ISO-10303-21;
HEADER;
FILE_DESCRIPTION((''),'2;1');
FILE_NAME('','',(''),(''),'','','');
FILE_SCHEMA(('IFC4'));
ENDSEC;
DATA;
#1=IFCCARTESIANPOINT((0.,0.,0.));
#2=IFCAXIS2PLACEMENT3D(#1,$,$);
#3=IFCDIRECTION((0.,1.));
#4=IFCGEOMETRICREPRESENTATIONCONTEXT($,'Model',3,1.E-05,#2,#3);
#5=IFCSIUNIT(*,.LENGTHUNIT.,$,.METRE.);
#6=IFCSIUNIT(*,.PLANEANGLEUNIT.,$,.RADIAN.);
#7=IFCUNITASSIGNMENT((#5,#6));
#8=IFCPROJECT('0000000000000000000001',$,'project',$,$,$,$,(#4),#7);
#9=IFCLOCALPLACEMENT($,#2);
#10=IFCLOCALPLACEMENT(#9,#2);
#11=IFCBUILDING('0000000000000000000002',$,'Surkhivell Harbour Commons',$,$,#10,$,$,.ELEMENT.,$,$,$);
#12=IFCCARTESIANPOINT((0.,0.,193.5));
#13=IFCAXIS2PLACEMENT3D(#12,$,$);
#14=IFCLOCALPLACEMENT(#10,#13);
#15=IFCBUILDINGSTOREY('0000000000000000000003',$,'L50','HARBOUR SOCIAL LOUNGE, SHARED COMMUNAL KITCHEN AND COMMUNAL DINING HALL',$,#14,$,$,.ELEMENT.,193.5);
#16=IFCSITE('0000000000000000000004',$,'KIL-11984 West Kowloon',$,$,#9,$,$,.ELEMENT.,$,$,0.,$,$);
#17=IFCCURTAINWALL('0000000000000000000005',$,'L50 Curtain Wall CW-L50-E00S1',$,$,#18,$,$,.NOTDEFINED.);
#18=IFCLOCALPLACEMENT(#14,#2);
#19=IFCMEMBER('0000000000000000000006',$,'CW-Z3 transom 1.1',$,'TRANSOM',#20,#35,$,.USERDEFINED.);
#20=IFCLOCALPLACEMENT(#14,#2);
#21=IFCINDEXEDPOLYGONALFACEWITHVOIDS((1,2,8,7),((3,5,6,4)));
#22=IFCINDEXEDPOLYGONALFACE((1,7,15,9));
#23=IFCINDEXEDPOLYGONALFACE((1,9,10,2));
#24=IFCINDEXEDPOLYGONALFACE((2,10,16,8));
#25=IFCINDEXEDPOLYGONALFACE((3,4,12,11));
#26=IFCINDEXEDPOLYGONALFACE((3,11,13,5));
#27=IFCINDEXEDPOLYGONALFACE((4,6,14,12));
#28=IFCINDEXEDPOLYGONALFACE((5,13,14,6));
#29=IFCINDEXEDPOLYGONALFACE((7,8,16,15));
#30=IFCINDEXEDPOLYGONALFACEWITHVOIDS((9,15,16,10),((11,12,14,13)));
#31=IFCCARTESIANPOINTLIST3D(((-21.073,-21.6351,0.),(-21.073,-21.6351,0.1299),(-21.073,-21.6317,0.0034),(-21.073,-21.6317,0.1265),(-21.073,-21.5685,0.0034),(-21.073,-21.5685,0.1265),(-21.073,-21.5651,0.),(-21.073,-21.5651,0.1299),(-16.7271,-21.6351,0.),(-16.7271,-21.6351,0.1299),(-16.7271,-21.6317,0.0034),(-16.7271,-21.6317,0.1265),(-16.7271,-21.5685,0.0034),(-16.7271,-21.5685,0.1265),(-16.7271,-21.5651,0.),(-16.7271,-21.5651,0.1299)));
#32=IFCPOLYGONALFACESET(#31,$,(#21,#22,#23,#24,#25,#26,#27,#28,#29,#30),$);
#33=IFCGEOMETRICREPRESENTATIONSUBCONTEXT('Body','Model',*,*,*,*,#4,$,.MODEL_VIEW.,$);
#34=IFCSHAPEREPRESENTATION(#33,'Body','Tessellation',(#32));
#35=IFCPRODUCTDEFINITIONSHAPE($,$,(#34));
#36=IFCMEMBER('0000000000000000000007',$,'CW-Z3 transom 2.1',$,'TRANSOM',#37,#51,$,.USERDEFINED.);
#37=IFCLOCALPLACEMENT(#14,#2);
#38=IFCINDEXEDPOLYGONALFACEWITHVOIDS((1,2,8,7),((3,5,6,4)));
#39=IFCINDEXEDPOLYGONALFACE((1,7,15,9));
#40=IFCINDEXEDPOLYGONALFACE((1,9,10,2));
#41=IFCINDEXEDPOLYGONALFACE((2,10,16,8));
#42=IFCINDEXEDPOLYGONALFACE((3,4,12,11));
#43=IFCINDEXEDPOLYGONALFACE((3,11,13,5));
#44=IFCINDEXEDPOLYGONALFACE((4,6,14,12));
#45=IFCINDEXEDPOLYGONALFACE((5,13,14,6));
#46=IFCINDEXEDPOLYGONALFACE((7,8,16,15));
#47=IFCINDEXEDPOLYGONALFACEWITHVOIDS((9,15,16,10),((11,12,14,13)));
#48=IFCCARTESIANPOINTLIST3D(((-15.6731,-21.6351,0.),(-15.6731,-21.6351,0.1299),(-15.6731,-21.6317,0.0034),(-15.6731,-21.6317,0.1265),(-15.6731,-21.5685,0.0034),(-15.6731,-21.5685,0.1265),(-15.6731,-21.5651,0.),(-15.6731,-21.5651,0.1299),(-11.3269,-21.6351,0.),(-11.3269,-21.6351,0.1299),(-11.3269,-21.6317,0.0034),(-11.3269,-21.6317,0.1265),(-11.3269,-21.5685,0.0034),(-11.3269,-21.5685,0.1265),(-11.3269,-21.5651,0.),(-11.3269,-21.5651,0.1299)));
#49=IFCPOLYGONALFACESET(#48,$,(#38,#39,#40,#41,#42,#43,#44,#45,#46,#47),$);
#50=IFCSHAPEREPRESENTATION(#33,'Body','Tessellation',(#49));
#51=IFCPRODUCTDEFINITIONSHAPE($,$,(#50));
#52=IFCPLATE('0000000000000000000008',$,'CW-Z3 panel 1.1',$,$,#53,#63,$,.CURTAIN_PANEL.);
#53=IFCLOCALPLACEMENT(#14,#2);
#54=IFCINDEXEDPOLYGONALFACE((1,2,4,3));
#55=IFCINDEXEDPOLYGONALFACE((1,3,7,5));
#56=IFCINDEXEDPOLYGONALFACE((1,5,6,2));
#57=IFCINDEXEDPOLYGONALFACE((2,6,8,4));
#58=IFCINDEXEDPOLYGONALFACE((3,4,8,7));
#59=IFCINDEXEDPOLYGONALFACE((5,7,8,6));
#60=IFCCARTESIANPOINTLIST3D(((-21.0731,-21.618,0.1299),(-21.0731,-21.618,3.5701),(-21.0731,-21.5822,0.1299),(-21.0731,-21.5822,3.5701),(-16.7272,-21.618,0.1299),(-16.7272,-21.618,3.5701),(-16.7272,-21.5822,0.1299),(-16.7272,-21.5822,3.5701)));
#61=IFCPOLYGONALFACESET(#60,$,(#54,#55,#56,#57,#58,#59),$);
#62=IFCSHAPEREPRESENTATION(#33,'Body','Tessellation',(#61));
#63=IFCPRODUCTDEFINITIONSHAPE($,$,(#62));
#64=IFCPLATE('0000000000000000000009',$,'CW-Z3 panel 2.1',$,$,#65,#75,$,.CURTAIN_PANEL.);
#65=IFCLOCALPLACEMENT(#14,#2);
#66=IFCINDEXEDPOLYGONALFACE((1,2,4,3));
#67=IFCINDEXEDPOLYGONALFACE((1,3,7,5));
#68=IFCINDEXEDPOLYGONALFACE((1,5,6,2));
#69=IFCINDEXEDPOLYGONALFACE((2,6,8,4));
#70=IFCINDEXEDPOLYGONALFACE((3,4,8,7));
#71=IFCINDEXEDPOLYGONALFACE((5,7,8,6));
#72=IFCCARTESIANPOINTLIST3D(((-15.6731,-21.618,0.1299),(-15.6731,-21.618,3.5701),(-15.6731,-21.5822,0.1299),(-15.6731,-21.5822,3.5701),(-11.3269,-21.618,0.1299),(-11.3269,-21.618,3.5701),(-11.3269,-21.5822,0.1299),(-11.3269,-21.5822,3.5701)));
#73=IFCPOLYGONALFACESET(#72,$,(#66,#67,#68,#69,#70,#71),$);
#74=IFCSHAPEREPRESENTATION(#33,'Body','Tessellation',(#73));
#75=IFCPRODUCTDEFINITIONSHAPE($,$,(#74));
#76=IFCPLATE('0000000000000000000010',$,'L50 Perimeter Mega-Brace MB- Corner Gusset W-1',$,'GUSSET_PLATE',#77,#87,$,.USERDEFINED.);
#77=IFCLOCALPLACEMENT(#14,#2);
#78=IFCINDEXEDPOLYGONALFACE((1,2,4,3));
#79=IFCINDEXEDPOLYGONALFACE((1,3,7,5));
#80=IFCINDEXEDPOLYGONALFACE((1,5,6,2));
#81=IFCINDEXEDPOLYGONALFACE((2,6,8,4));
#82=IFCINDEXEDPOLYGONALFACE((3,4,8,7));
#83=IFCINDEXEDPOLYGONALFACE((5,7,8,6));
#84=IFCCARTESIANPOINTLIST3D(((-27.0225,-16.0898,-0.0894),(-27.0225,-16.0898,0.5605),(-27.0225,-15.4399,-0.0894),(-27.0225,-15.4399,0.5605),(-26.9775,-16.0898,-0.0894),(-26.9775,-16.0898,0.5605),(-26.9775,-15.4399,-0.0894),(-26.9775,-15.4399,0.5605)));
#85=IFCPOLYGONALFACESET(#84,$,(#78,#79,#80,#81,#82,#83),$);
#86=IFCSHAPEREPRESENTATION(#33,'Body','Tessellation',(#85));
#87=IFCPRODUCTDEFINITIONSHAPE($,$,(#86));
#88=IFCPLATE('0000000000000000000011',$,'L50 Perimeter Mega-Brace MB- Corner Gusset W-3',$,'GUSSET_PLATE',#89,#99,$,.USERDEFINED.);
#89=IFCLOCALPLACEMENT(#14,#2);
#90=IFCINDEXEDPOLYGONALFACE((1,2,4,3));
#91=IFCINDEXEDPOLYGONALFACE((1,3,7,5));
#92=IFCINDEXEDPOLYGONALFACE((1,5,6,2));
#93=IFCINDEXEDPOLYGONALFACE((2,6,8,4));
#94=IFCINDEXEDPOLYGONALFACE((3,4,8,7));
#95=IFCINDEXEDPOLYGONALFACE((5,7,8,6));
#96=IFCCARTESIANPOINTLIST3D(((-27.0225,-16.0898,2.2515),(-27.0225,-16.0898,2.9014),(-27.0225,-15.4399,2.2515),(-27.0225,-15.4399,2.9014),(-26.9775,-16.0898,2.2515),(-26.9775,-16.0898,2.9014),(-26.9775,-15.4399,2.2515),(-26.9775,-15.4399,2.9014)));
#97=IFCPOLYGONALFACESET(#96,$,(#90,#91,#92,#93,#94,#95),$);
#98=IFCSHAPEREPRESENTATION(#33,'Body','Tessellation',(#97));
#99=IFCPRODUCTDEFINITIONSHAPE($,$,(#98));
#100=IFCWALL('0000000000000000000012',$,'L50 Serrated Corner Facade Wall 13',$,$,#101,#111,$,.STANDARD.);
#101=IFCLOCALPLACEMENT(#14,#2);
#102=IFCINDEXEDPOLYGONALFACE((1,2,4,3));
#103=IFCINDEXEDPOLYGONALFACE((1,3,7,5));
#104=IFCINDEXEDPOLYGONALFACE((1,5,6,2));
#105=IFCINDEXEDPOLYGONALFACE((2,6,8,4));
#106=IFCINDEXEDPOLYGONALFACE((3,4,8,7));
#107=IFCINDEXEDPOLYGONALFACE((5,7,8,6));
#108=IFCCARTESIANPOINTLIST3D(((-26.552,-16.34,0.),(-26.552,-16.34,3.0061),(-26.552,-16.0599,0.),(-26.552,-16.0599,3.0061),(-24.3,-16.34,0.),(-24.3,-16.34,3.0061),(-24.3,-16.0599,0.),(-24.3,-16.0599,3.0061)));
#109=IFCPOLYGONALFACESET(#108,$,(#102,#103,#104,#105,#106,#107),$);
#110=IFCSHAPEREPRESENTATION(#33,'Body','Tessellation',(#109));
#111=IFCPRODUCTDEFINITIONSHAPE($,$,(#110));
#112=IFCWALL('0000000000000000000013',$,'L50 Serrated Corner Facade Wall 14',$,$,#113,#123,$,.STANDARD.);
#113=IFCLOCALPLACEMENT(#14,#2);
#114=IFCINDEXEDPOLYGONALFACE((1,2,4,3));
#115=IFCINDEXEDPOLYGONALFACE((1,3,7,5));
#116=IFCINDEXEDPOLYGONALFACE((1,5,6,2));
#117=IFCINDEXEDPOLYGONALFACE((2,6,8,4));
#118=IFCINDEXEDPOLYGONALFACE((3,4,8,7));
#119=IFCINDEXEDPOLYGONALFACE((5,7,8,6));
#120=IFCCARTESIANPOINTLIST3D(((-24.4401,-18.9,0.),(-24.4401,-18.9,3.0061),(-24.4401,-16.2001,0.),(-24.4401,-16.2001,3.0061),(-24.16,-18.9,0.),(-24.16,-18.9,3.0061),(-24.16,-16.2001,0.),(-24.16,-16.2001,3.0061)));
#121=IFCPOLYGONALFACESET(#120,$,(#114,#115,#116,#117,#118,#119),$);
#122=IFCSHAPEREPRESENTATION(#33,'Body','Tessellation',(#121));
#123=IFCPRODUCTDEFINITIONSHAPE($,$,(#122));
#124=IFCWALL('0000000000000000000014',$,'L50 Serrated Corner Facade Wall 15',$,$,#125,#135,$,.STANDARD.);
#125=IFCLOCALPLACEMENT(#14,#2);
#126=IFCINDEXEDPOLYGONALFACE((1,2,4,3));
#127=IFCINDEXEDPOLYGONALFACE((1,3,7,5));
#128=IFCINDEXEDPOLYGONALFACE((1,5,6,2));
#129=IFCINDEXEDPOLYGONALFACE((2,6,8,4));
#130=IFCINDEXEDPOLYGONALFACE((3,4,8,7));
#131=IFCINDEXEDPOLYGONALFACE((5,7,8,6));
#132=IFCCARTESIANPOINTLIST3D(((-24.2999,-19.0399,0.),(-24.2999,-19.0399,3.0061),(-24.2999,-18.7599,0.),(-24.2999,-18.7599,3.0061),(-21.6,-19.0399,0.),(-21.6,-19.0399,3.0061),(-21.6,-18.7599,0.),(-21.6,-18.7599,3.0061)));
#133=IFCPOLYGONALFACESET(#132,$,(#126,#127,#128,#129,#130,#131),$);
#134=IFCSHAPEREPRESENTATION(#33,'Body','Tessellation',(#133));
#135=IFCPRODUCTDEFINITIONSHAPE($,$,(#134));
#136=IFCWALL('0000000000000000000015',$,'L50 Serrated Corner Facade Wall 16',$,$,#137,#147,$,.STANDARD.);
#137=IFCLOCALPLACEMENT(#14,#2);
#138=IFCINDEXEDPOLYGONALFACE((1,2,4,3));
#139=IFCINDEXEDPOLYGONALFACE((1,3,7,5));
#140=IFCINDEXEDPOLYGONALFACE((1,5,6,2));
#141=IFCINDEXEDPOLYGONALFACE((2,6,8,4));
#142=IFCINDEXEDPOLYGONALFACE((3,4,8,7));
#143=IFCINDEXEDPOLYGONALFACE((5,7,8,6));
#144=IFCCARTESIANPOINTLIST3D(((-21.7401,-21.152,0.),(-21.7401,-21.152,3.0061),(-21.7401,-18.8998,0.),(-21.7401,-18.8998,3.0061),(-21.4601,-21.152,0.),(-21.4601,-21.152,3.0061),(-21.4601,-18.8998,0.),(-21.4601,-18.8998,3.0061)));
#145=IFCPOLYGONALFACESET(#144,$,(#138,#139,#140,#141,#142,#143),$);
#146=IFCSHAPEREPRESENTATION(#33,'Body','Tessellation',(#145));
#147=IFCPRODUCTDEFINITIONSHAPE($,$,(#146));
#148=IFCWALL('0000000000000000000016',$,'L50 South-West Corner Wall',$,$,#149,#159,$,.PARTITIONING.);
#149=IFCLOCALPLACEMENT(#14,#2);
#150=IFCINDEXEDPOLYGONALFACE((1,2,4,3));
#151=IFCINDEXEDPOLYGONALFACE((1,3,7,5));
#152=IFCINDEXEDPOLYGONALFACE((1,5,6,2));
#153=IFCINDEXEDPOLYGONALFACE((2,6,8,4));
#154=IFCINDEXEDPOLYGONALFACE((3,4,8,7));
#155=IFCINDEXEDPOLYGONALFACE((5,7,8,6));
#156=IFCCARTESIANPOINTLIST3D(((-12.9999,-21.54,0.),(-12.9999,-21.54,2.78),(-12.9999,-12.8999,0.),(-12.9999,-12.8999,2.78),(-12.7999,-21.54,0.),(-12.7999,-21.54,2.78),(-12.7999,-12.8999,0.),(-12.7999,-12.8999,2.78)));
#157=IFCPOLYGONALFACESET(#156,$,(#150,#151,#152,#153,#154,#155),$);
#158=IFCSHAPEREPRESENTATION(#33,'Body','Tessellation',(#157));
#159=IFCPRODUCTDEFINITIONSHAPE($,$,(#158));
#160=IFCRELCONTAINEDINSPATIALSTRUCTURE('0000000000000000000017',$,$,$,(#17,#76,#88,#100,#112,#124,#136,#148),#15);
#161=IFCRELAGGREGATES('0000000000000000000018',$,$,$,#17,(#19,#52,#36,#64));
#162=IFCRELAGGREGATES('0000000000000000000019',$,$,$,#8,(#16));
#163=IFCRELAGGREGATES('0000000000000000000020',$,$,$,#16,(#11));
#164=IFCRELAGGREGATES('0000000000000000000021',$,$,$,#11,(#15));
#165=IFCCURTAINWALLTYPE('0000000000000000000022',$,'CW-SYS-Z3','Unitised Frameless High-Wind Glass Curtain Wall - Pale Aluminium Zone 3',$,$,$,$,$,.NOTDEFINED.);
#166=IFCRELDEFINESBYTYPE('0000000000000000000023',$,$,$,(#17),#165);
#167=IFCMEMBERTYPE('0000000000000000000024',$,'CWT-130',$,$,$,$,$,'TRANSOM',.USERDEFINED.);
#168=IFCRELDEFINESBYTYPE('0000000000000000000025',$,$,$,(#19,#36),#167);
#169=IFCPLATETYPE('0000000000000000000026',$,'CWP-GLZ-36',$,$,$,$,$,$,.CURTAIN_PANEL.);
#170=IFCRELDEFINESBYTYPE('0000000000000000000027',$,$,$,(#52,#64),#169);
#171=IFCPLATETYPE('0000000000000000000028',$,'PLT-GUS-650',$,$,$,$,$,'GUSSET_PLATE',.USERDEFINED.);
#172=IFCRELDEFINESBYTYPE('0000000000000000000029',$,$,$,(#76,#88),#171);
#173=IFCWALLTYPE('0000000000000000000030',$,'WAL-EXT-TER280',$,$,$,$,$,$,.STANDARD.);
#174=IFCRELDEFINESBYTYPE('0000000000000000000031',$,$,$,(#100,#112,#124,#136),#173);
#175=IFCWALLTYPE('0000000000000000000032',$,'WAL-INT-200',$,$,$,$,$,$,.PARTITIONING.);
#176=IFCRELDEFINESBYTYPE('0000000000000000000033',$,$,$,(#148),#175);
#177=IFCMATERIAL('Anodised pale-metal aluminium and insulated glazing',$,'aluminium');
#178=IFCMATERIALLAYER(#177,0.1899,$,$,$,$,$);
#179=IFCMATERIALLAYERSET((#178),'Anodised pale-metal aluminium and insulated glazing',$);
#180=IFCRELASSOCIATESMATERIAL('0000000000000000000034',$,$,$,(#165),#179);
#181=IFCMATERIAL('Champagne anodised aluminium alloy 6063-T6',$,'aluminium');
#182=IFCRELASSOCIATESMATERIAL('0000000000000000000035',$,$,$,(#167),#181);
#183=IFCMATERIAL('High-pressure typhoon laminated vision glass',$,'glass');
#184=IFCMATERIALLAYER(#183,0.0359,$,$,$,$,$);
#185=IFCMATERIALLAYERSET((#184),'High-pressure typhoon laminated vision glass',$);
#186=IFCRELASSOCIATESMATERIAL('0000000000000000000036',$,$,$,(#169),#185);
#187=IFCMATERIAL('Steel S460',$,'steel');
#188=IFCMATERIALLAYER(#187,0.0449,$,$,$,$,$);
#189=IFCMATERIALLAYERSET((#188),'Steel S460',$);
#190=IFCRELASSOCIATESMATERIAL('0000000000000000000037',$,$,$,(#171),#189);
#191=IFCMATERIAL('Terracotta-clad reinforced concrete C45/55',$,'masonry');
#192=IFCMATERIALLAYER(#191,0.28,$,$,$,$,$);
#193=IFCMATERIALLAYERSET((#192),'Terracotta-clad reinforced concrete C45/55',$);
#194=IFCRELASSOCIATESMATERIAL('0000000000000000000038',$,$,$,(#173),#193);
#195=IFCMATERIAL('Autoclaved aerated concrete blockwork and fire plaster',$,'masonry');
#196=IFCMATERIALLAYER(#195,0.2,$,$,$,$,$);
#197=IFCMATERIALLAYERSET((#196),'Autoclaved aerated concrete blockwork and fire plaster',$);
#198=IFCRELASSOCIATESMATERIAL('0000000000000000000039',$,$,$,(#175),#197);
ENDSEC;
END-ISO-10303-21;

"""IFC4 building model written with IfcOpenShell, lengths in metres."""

from ifc_helpers import new_model, si_unit, direction, frame, frame_2d, origin, origin_2d, place, context, subcontext, project, spatial, rectangle, hollow_rectangle, extrude, material, layer, layer_set, material_profile, profile_set, type_object, element, aggregate, save


model = new_model("IFC4")

# Units and contexts
model_context = context("Model", 3, precision=1e-05, world=origin(), true_north=direction((0.0, 1.0)))
body_context = subcontext(model_context, "Body", "Model", "MODEL_VIEW")
ifc_project = project(units=[si_unit("LENGTHUNIT", "METRE"), si_unit("PLANEANGLEUNIT", "RADIAN")], contexts=[model_context])

# Site, building, storey
site_placement = place(None, origin())
site = spatial("IfcSite", under=ifc_project, at=site_placement, Name="KIL-11984 West Kowloon", CompositionType="ELEMENT", RefElevation=0.0)
building_placement = place(site_placement, origin())
building = spatial("IfcBuilding", under=site, at=building_placement, Name="Surkhivell Harbour Commons", CompositionType="ELEMENT")
storey_placement = place(building_placement, frame((0.0, 0.0, 193.5)))
storey = spatial("IfcBuildingStorey", under=building, at=storey_placement, Name="L50", Description="HARBOUR SOCIAL LOUNGE, SHARED COMMUNAL KITCHEN AND COMMUNAL DINING HALL", CompositionType="ELEMENT", Elevation=193.5)

# Curtain wall, members, plates
ifc_material_1 = material(Name="Anodised pale-metal aluminium and insulated glazing", Category="aluminium")
ifc_layer_1 = layer(ifc_material_1, 0.1899)
ifc_layer_set_1 = layer_set([ifc_layer_1], Name="Anodised pale-metal aluminium and insulated glazing")
curtain_wall_type = type_object("IfcCurtainWallType", Name="CW-SYS-Z3", Description="Unitised Frameless High-Wind Glass Curtain Wall - Pale Aluminium Zone 3", PredefinedType="NOTDEFINED", material=ifc_layer_set_1)
curtain_wall_placement = place(storey_placement, origin())
curtain_wall = element("IfcCurtainWall", 1, at=curtain_wall_placement, inside=storey, type_object=curtain_wall_type, Name="L50 Curtain Wall CW-L50-E00S1", PredefinedType="NOTDEFINED")
ifc_material_2 = material(Name="Champagne anodised aluminium alloy 6063-T6", Category="aluminium")
ifc_material_profile_1 = material_profile(ifc_material_2, hollow_rectangle(XDim=0.0701, YDim=0.1299, WallThickness=0.0034, at=origin_2d()), Name="ALU-TRAN-70x130")
ifc_profile_set_1 = profile_set([ifc_material_profile_1], Name="Champagne anodised aluminium alloy 6063-T6")
member_type_1 = type_object("IfcMemberType", Name="CWT-130", ElementType="TRANSOM", PredefinedType="USERDEFINED", material=ifc_profile_set_1)
member_1_placement = place(storey_placement, frame((-21.073, -21.6001, 0.0649), z_axis=(1.0, 0.0, 0.0), x_axis=(0.0, 1.0, 0.0)))
member_1 = element("IfcMember", 2, at=member_1_placement, type_object=member_type_1, Name="CW-Z3 transom 1.1", ObjectType="TRANSOM", PredefinedType="USERDEFINED", context=body_context, shape_type="SweptSolid", body=[
    extrude(hollow_rectangle(XDim=0.0701, YDim=0.1299, WallThickness=0.0034, at=origin_2d()), origin(), (0.0, 0.0, 1.0), 4.3459),
])
member_2_placement = place(storey_placement, frame((-15.6731, -21.6001, 0.0649), z_axis=(1.0, 0.0, 0.0), x_axis=(0.0, 1.0, 0.0)))
member_2 = element("IfcMember", 3, at=member_2_placement, type_object=member_type_1, Name="CW-Z3 transom 2.1", ObjectType="TRANSOM", PredefinedType="USERDEFINED", context=body_context, shape_type="SweptSolid", body=[
    extrude(hollow_rectangle(XDim=0.0701, YDim=0.1299, WallThickness=0.0034, at=origin_2d()), origin(), (0.0, 0.0, 1.0), 4.3462),
])
ifc_material_3 = material(Name="High-pressure typhoon laminated vision glass", Category="glass")
ifc_layer_2 = layer(ifc_material_3, 0.0359)
ifc_layer_set_2 = layer_set([ifc_layer_2], Name="High-pressure typhoon laminated vision glass")
plate_type_1 = type_object("IfcPlateType", Name="CWP-GLZ-36", PredefinedType="CURTAIN_PANEL", material=ifc_layer_set_2)
plate_1_placement = place(storey_placement, frame((-21.073, -21.6001, 0.1299), z_axis=(0.0, 0.0, 1.0), x_axis=(1.0, 0.0, 0.0)))
plate_1 = element("IfcPlate", 4, at=plate_1_placement, type_object=plate_type_1, Name="CW-Z3 panel 1.1", PredefinedType="CURTAIN_PANEL", context=body_context, shape_type="SweptSolid", body=[
    extrude(rectangle(XDim=4.3459, YDim=0.0359, at=frame_2d((2.1729, 0.0))), origin(), (0.0, 0.0, 1.0), 3.4402),
])
plate_2_placement = place(storey_placement, frame((-15.6731, -21.6001, 0.1299), z_axis=(0.0, 0.0, 1.0), x_axis=(1.0, 0.0, 0.0)))
plate_2 = element("IfcPlate", 5, at=plate_2_placement, type_object=plate_type_1, Name="CW-Z3 panel 2.1", PredefinedType="CURTAIN_PANEL", context=body_context, shape_type="SweptSolid", body=[
    extrude(rectangle(XDim=4.3462, YDim=0.0359, at=frame_2d((2.1731, 0.0))), origin(), (0.0, 0.0, 1.0), 3.4402),
])
aggregate(curtain_wall, [member_1, plate_1, member_2, plate_2])

# Plates
ifc_material_4 = material(Name="Steel S460", Category="steel")
ifc_layer_3 = layer(ifc_material_4, 0.0449)
ifc_layer_set_3 = layer_set([ifc_layer_3], Name="Steel S460")
plate_type_2 = type_object("IfcPlateType", Name="PLT-GUS-650", ElementType="GUSSET_PLATE", PredefinedType="USERDEFINED", material=ifc_layer_set_3)
for number, where, z_axis, x_axis, name in (
    (6, (-27.0, -15.7649, -0.0894), (0.0, 0.0, 1.0), (0.0, 1.0, 0.0), "L50 Perimeter Mega-Brace MB- Corner Gusset W-1"),
    (7, (-27.0, -15.7649, 2.2515), (0.0, 0.0, 1.0), (0.0, 1.0, 0.0), "L50 Perimeter Mega-Brace MB- Corner Gusset W-3"),
):
    element("IfcPlate", number, at=place(storey_placement, frame(where, z_axis=z_axis, x_axis=x_axis)), inside=storey, type_object=plate_type_2, Name=name, ObjectType="GUSSET_PLATE", PredefinedType="USERDEFINED", context=body_context, shape_type="SweptSolid", body=[
        extrude(rectangle(XDim=0.6499, YDim=0.0449, at=origin_2d()), origin(), (0.0, 0.0, 1.0), 0.6499),
    ])

# Walls
ifc_material_5 = material(Name="Terracotta-clad reinforced concrete C45/55", Category="masonry")
ifc_layer_4 = layer(ifc_material_5, 0.28)
ifc_layer_set_4 = layer_set([ifc_layer_4], Name="Terracotta-clad reinforced concrete C45/55")
wall_type_1 = type_object("IfcWallType", Name="WAL-EXT-TER280", PredefinedType="STANDARD", material=ifc_layer_set_4)
wall_1_placement = place(storey_placement, frame((-26.552, -16.2, 0.0), z_axis=(0.0, 0.0, 1.0), x_axis=(1.0, 0.0, 0.0)))
element("IfcWall", 8, at=wall_1_placement, inside=storey, type_object=wall_type_1, Name="L50 Serrated Corner Facade Wall 13", PredefinedType="STANDARD", context=body_context, shape_type="SweptSolid", body=[
    extrude(rectangle(XDim=2.252, YDim=0.28, at=frame_2d((1.126, 0.0))), origin(), (0.0, 0.0, 1.0), 3.0061),
])
for number, where, z_axis, x_axis, name in (
    (9, (-24.3, -16.2, 0.0), (0.0, 0.0, 1.0), (0.0, -1.0, 0.0), "L50 Serrated Corner Facade Wall 14"),
    (10, (-24.3, -18.8999, 0.0), (0.0, 0.0, 1.0), (1.0, 0.0, 0.0), "L50 Serrated Corner Facade Wall 15"),
):
    element("IfcWall", number, at=place(storey_placement, frame(where, z_axis=z_axis, x_axis=x_axis)), inside=storey, type_object=wall_type_1, Name=name, PredefinedType="STANDARD", context=body_context, shape_type="SweptSolid", body=[
        extrude(rectangle(XDim=2.7, YDim=0.28, at=frame_2d((1.3501, 0.0))), origin(), (0.0, 0.0, 1.0), 3.0061),
    ])
wall_2_placement = place(storey_placement, frame((-21.6001, -18.8999, 0.0), z_axis=(0.0, 0.0, 1.0), x_axis=(0.0, -1.0, 0.0)))
element("IfcWall", 11, at=wall_2_placement, inside=storey, type_object=wall_type_1, Name="L50 Serrated Corner Facade Wall 16", PredefinedType="STANDARD", context=body_context, shape_type="SweptSolid", body=[
    extrude(rectangle(XDim=2.2522, YDim=0.28, at=frame_2d((1.126, 0.0))), origin(), (0.0, 0.0, 1.0), 3.0061),
])
ifc_material_6 = material(Name="Autoclaved aerated concrete blockwork and fire plaster", Category="masonry")
ifc_layer_5 = layer(ifc_material_6, 0.2)
ifc_layer_set_5 = layer_set([ifc_layer_5], Name="Autoclaved aerated concrete blockwork and fire plaster")
wall_type_2 = type_object("IfcWallType", Name="WAL-INT-200", PredefinedType="PARTITIONING", material=ifc_layer_set_5)
wall_3_placement = place(storey_placement, frame((-12.8999, -21.54, 0.0), z_axis=(0.0, 0.0, 1.0), x_axis=(0.0, 1.0, 0.0)))
element("IfcWall", 12, at=wall_3_placement, inside=storey, type_object=wall_type_2, Name="L50 South-West Corner Wall", PredefinedType="PARTITIONING", context=body_context, shape_type="SweptSolid", body=[
    extrude(rectangle(XDim=8.6401, YDim=0.2, at=frame_2d((4.3201, 0.0))), origin(), (0.0, 0.0, 1.0), 2.78),
])

save(model, "model.ifc")
